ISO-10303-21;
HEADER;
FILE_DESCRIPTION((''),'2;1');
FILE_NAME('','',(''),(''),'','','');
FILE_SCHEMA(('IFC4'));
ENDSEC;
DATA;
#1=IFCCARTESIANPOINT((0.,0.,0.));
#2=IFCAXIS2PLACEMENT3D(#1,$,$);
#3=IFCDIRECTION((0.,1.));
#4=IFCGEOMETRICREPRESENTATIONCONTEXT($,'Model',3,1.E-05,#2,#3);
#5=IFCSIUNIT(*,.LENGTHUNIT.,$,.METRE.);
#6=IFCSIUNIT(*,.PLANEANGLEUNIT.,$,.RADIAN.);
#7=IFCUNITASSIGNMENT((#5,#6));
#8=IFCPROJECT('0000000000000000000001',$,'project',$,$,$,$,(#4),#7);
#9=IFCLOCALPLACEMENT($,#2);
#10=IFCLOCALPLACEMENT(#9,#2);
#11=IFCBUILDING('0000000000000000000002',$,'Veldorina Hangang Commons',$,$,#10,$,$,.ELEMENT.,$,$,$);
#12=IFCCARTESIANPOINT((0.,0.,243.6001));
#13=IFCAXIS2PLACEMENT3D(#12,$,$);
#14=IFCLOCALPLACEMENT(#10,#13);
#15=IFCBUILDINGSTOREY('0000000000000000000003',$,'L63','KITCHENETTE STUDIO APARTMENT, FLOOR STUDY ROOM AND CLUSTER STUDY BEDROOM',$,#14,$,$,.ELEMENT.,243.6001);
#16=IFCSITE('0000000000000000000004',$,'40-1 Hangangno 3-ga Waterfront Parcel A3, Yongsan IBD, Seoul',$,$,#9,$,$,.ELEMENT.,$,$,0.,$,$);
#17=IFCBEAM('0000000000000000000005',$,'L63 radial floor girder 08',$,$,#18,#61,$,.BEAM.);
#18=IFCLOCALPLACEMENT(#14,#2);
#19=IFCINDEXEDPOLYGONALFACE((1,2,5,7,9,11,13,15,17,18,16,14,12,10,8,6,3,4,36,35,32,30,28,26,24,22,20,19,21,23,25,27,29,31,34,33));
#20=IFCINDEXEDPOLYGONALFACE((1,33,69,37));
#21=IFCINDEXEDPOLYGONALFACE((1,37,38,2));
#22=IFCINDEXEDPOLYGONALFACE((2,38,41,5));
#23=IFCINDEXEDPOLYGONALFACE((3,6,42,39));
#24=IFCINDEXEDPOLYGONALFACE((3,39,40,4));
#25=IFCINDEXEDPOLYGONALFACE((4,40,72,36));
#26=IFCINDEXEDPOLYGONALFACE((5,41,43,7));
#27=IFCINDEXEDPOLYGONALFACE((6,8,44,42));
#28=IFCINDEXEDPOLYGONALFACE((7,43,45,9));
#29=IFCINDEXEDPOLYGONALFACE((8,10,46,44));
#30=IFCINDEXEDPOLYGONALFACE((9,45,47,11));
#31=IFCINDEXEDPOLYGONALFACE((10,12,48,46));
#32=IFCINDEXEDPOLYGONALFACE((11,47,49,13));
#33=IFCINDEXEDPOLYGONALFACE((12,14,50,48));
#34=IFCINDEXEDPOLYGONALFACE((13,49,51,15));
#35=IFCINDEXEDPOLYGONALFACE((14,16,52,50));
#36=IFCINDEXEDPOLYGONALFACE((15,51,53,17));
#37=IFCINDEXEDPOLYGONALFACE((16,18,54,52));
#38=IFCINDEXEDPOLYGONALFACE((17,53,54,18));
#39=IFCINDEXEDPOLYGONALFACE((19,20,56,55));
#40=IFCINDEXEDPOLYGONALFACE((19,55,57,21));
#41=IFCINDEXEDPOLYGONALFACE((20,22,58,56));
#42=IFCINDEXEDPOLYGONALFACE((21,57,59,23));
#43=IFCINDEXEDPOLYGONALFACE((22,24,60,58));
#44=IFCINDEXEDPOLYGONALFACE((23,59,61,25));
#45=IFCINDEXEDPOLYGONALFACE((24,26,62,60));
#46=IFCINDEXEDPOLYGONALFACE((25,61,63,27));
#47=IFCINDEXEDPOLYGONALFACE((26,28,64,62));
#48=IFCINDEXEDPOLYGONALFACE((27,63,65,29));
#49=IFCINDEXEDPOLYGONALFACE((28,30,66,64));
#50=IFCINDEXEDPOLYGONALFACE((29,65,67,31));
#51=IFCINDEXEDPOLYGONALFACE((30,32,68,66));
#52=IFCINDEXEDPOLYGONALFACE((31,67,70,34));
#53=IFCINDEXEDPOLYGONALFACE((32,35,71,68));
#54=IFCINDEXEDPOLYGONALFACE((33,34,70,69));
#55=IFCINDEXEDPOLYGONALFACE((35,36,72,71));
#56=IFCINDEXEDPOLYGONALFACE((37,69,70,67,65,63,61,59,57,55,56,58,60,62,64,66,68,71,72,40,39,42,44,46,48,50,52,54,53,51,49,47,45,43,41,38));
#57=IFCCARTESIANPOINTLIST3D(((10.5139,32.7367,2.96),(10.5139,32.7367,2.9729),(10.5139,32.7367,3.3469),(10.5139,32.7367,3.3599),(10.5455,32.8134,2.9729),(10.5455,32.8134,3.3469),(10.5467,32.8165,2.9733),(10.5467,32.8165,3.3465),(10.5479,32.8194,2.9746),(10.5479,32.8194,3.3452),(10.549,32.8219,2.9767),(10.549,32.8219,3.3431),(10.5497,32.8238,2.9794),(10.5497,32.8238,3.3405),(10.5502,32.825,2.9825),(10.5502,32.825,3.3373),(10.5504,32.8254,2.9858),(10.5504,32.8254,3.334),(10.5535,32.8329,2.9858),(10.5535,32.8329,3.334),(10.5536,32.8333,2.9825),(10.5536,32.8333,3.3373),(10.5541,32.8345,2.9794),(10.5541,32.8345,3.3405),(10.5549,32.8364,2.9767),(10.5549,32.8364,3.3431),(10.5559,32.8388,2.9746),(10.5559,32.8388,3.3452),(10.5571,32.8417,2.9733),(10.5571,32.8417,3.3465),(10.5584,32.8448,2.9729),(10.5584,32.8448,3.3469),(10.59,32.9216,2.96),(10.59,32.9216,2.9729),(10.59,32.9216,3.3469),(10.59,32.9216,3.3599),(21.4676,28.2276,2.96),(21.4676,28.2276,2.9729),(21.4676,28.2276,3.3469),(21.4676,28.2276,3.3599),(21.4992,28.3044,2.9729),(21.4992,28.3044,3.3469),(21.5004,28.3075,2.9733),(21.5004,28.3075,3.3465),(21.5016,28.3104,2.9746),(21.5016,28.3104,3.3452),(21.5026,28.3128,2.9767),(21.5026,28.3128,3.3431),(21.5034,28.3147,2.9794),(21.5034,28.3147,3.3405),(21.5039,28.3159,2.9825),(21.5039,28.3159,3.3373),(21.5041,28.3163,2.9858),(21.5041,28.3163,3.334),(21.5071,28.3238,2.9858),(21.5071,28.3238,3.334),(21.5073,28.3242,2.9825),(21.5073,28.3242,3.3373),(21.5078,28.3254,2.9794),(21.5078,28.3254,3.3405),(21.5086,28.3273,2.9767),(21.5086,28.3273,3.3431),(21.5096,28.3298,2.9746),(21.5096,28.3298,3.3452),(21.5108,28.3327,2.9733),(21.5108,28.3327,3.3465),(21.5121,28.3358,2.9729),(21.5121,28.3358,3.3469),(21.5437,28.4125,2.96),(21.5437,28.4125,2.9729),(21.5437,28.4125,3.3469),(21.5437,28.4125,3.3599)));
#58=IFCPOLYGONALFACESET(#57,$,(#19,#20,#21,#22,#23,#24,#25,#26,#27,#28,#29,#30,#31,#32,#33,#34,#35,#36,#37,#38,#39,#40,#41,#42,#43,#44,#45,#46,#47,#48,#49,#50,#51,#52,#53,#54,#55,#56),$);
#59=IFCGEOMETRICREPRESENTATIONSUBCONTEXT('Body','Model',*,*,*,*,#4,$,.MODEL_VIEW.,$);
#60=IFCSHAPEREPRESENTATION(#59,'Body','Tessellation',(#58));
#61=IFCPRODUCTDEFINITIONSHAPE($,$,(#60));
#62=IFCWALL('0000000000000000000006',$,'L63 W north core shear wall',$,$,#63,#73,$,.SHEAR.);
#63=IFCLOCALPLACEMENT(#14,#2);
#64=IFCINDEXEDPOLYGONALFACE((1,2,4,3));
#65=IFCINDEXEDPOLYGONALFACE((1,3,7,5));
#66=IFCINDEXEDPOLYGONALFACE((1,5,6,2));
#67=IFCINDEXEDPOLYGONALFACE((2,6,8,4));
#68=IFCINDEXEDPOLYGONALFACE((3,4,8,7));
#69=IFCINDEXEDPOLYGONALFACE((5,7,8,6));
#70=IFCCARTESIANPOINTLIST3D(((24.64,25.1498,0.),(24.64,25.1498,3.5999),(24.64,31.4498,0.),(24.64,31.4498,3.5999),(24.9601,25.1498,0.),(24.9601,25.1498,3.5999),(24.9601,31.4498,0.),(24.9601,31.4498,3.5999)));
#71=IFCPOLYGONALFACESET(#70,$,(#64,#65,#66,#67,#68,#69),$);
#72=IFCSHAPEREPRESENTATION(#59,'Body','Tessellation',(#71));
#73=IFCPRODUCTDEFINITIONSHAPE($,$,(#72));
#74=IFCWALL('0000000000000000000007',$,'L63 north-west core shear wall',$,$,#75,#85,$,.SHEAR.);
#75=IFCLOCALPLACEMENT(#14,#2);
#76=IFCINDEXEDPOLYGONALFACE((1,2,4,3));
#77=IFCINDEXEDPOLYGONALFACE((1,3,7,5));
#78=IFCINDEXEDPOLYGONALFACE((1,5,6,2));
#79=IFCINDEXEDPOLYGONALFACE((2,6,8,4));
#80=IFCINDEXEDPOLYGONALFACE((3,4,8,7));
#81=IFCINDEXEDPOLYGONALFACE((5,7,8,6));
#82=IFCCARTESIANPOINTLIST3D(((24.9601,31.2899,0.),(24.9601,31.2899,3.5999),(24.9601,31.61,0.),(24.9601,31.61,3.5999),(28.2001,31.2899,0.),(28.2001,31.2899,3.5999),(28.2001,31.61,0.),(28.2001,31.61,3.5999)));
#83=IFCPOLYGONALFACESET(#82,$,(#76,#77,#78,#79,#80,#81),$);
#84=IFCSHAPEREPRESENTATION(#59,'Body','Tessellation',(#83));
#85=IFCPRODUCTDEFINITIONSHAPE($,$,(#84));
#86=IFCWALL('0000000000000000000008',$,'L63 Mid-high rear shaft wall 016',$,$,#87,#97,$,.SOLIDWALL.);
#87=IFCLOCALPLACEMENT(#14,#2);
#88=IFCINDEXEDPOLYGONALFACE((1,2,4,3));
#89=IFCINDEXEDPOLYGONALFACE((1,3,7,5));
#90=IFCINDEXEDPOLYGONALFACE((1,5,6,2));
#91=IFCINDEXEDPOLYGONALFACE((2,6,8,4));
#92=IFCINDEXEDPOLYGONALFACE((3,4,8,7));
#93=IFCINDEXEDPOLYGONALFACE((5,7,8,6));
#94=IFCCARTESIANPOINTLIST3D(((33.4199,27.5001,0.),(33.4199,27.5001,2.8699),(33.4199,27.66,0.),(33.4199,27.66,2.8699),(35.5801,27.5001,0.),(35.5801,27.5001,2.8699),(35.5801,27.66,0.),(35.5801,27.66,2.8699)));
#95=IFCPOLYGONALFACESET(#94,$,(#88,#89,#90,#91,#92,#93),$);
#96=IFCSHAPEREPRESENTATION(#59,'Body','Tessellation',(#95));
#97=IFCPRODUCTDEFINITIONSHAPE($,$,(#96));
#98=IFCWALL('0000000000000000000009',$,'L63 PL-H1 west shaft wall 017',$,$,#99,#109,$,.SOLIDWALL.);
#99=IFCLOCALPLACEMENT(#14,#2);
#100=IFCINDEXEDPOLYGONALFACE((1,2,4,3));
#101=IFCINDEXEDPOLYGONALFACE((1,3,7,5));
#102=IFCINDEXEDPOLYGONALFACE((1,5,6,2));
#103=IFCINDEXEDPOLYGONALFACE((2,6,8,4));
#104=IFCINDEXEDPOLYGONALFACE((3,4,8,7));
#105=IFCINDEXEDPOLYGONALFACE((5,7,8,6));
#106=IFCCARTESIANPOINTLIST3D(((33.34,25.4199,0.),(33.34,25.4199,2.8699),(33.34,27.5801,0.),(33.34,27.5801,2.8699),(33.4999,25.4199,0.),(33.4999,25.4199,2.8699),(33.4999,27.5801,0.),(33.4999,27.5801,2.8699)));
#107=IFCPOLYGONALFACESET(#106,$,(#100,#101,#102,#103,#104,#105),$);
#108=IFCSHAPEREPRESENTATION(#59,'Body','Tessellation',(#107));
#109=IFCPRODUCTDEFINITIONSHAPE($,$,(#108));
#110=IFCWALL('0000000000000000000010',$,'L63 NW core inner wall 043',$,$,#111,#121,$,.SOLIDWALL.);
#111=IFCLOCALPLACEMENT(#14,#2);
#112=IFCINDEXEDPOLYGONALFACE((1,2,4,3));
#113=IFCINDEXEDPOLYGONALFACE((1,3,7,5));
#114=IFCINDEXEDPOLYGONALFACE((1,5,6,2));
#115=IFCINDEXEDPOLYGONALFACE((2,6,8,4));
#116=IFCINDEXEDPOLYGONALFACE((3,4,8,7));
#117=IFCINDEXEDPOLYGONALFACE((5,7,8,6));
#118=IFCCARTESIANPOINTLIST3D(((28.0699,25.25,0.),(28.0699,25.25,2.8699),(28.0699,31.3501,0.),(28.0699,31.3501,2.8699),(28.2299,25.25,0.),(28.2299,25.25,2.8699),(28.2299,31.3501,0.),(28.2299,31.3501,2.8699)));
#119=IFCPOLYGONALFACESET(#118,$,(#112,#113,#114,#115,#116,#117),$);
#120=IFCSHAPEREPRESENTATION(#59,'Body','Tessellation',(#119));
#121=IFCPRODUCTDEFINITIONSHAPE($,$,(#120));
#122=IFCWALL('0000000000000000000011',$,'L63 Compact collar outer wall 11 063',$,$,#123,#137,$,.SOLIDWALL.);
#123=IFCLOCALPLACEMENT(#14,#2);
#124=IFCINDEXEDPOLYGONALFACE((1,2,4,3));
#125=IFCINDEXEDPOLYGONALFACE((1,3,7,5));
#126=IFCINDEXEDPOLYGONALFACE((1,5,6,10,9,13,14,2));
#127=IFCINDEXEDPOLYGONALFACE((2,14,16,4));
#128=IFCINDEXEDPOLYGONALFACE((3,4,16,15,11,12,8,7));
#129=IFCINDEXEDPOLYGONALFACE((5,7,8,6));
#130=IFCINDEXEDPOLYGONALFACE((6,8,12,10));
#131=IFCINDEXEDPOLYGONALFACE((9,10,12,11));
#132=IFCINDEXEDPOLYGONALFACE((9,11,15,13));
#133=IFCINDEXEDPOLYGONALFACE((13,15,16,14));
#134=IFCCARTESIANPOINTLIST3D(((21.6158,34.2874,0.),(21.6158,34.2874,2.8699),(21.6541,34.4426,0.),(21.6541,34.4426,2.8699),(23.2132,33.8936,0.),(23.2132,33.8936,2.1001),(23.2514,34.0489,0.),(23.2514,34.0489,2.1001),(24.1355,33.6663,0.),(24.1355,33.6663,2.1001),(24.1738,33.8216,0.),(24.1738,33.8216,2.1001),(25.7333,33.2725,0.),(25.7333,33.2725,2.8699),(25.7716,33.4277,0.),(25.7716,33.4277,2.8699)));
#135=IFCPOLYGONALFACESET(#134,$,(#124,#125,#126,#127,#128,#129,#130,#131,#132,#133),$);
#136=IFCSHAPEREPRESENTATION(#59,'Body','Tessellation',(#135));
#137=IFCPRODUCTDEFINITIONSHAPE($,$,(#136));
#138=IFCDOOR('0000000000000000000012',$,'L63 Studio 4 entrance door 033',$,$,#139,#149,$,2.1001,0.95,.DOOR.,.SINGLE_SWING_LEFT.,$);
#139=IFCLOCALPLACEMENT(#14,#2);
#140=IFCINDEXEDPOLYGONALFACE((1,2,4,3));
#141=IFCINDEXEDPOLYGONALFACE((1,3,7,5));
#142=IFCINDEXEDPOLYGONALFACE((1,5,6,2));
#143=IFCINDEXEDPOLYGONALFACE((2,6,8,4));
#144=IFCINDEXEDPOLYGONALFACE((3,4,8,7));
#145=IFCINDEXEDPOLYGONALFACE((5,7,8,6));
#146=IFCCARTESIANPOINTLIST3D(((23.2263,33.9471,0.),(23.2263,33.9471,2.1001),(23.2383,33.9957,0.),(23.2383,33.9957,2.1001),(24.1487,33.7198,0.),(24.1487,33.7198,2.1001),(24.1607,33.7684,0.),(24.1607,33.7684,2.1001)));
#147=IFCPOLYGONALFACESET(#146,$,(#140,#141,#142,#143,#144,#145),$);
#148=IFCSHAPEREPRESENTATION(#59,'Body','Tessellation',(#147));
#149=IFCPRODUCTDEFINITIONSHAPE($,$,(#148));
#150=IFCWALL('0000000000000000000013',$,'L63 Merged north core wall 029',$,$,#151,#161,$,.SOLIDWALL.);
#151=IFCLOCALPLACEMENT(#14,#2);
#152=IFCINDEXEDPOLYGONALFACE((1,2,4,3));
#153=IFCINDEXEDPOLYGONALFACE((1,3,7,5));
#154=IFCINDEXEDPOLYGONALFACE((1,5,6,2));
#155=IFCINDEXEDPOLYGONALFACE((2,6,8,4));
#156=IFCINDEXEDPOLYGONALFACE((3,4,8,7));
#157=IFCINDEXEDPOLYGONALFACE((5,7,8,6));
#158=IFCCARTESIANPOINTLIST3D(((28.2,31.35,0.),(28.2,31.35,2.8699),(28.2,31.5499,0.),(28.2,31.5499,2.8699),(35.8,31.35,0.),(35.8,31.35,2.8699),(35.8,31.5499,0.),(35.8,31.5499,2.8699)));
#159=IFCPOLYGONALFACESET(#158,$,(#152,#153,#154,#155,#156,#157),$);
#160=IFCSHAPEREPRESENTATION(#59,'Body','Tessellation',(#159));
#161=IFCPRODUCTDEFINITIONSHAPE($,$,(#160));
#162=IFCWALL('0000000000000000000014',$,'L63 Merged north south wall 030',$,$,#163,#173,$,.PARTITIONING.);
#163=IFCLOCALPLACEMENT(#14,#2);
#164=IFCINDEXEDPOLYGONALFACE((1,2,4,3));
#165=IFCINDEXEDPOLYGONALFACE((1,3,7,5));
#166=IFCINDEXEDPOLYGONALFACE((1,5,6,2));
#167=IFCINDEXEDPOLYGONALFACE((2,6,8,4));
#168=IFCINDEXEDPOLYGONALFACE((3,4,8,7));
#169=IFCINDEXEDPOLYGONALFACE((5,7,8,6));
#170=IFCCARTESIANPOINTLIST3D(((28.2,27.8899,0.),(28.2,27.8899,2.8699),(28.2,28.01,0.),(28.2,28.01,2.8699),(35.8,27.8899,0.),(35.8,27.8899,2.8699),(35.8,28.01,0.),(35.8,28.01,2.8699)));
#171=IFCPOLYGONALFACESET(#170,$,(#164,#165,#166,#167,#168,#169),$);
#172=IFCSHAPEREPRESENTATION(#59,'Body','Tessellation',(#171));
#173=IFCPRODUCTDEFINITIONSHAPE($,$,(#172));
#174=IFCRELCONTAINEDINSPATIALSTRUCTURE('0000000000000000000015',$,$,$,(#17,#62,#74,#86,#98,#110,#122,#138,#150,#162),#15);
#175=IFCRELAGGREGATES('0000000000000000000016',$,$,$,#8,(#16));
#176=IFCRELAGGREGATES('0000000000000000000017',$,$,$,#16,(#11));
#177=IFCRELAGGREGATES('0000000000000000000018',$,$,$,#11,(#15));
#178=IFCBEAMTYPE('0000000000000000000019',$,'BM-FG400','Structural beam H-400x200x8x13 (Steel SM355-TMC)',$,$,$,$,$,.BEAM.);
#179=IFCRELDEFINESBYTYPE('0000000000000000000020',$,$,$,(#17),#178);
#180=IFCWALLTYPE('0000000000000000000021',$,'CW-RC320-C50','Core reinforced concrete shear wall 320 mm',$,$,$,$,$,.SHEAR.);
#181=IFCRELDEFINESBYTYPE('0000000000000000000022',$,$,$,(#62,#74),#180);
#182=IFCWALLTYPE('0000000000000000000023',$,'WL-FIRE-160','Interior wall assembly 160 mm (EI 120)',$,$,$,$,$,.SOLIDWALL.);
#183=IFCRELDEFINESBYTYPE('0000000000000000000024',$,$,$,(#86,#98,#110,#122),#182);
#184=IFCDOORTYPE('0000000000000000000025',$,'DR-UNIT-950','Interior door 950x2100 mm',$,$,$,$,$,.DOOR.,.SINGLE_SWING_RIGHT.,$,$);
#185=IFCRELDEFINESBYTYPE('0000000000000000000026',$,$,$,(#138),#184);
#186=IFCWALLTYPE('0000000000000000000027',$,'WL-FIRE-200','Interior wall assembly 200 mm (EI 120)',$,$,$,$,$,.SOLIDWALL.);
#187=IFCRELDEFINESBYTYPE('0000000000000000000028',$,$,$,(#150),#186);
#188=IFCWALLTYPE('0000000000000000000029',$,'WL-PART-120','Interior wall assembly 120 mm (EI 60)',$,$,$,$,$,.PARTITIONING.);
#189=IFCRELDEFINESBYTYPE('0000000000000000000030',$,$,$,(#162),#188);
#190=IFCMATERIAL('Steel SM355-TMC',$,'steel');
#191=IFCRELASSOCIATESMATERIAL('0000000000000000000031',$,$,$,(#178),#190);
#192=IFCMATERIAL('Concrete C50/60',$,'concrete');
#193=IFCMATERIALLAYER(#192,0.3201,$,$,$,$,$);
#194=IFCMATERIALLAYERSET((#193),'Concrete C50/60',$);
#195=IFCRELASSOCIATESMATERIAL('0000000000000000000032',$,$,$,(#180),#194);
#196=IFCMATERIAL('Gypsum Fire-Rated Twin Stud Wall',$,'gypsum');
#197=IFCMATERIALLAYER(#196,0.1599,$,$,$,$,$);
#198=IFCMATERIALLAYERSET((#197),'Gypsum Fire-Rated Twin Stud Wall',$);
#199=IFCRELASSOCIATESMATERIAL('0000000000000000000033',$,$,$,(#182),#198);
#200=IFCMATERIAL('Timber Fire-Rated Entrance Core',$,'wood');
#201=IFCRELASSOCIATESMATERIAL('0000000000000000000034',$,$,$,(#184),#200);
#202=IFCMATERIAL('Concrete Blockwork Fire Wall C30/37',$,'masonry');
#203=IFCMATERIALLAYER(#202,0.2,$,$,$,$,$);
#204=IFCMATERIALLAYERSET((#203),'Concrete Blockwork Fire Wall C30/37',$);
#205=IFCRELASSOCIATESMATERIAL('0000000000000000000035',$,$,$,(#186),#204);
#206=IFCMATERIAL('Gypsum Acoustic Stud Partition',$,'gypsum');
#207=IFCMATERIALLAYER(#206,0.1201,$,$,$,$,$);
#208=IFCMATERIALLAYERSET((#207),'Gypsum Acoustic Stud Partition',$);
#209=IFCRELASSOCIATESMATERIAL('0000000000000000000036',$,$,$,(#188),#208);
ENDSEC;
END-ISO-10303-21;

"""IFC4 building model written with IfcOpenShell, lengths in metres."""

from ifc_helpers import new_model, si_unit, direction, frame, frame_2d, origin, origin_2d, place, context, subcontext, project, spatial, rectangle, i_section, extrude, material, layer, layer_set, material_profile, profile_set, type_object, element, fill, save


model = new_model("IFC4")

# Units and contexts
model_context = context("Model", 3, precision=1e-05, world=origin(), true_north=direction((0.0, 1.0)))
body_context = subcontext(model_context, "Body", "Model", "MODEL_VIEW")
ifc_project = project(units=[si_unit("LENGTHUNIT", "METRE"), si_unit("PLANEANGLEUNIT", "RADIAN")], contexts=[model_context])

# Site, building, storey
site_placement = place(None, origin())
site = spatial("IfcSite", under=ifc_project, at=site_placement, Name="40-1 Hangangno 3-ga Waterfront Parcel A3, Yongsan IBD, Seoul", CompositionType="ELEMENT", RefElevation=0.0)
building_placement = place(site_placement, origin())
building = spatial("IfcBuilding", under=site, at=building_placement, Name="Veldorina Hangang Commons", CompositionType="ELEMENT")
storey_placement = place(building_placement, frame((0.0, 0.0, 243.6001)))
storey = spatial("IfcBuildingStorey", under=building, at=storey_placement, Name="L63", Description="KITCHENETTE STUDIO APARTMENT, FLOOR STUDY ROOM AND CLUSTER STUDY BEDROOM", CompositionType="ELEMENT", Elevation=243.6001)

# Beam
ifc_material_1 = material(Name="Concrete C50/60", Category="concrete")
ifc_material_2 = material(Name="Steel SM355-TMC", Category="steel")
ifc_material_profile_1 = material_profile(ifc_material_2, i_section(OverallWidth=0.2, OverallDepth=0.3999, WebThickness=0.0081, FlangeThickness=0.0129, FilletRadius=0.0129, at=origin_2d()), Name="H-400x200x8x13")
ifc_profile_set_1 = profile_set([ifc_material_profile_1], Name="Steel SM355-TMC")
beam_type_1 = type_object("IfcBeamType", Name="BM-FG400", Description="Structural beam H-400x200x8x13 (Steel SM355-TMC)", PredefinedType="BEAM", material=ifc_profile_set_1)
beam_1_placement = place(storey_placement, frame((21.5056, 28.3201, 3.1599), z_axis=(-0.924716, 0.380658, 0.0), x_axis=(-0.380658, -0.924716, 0.0)))
element("IfcBeam", 1, at=beam_1_placement, inside=storey, type_object=beam_type_1, Name="L63 radial floor girder 08", PredefinedType="BEAM", context=body_context, shape_type="SweptSolid", body=[
    extrude(i_section(OverallWidth=0.2, OverallDepth=0.3999, WebThickness=0.0081, FlangeThickness=0.0129, FilletRadius=0.0129, at=origin_2d()), origin(), (0.0, 0.0, 1.0), 11.8455),
])

# Walls
ifc_layer_1 = layer(ifc_material_1, 0.3201)
ifc_layer_set_1 = layer_set([ifc_layer_1], Name="Concrete C50/60")
wall_type_1 = type_object("IfcWallType", Name="CW-RC320-C50", Description="Core reinforced concrete shear wall 320 mm", PredefinedType="SHEAR", material=ifc_layer_set_1)
wall_1_placement = place(storey_placement, frame((24.8, 25.1499, 0.0), z_axis=(0.0, 0.0, 1.0), x_axis=(0.0, 1.0, 0.0)))
element("IfcWall", 2, at=wall_1_placement, inside=storey, type_object=wall_type_1, Name="L63 W north core shear wall", PredefinedType="SHEAR", context=body_context, shape_type="SweptSolid", body=[
    extrude(rectangle(XDim=6.3, YDim=0.3201, at=frame_2d((3.1499, 0.0))), origin(), (0.0, 0.0, 1.0), 3.5999),
])
wall_2_placement = place(storey_placement, frame((24.96, 31.45, 0.0), z_axis=(0.0, 0.0, 1.0), x_axis=(1.0, 0.0, 0.0)))
element("IfcWall", 3, at=wall_2_placement, inside=storey, type_object=wall_type_1, Name="L63 north-west core shear wall", PredefinedType="SHEAR", context=body_context, shape_type="SweptSolid", body=[
    extrude(rectangle(XDim=3.24, YDim=0.3201, at=frame_2d((1.6201, 0.0))), origin(), (0.0, 0.0, 1.0), 3.5999),
])

# Shared definitions
ifc_material_3 = material(Name="Gypsum Fire-Rated Twin Stud Wall", Category="gypsum")
ifc_layer_2 = layer(ifc_material_3, 0.1599)
ifc_layer_set_2 = layer_set([ifc_layer_2], Name="Gypsum Fire-Rated Twin Stud Wall")
wall_type_2 = type_object("IfcWallType", Name="WL-FIRE-160", Description="Interior wall assembly 160 mm (EI 120)", PredefinedType="SOLIDWALL", material=ifc_layer_set_2)

# Walls
for number, where, z_axis, x_axis, name in (
    (4, (33.4199, 27.5801, 0.0), (0.0, 0.0, 1.0), (1.0, 0.0, 0.0), "L63 Mid-high rear shaft wall 016"),
    (5, (33.4199, 25.4199, 0.0), (0.0, 0.0, 1.0), (0.0, 1.0, 0.0), "L63 PL-H1 west shaft wall 017"),
):
    element("IfcWall", number, at=place(storey_placement, frame(where, z_axis=z_axis, x_axis=x_axis)), inside=storey, type_object=wall_type_2, Name=name, PredefinedType="SOLIDWALL", context=body_context, shape_type="SweptSolid", body=[
        extrude(rectangle(XDim=2.1602, YDim=0.1599, at=frame_2d((1.0801, 0.0))), origin(), (0.0, 0.0, 1.0), 2.8699),
    ])
wall_3_placement = place(storey_placement, frame((28.1499, 25.25, 0.0), z_axis=(0.0, 0.0, 1.0), x_axis=(0.0, 1.0, 0.0)))
element("IfcWall", 6, at=wall_3_placement, inside=storey, type_object=wall_type_2, Name="L63 NW core inner wall 043", PredefinedType="SOLIDWALL", context=body_context, shape_type="SweptSolid", body=[
    extrude(rectangle(XDim=6.1001, YDim=0.1599, at=frame_2d((3.05, 0.0))), origin(), (0.0, 0.0, 1.0), 2.8699),
])

# Wall, opening, door
wall_4_placement = place(storey_placement, frame((25.7524, 33.3501, 0.0), z_axis=(0.0, 0.0, 1.0), x_axis=(-0.97094, 0.239324, 0.0)))
wall_4 = element("IfcWall", 7, at=wall_4_placement, inside=storey, type_object=wall_type_2, Name="L63 Compact collar outer wall 11 063", PredefinedType="SOLIDWALL", context=body_context, shape_type="SweptSolid", body=[
    extrude(rectangle(XDim=4.2407, YDim=0.1599, at=frame_2d((2.1204, 0.0))), origin(), (0.0, 0.0, 1.0), 2.8699),
])
opening_1_placement = place(wall_4_placement, frame((1.6455, 0.0, 0.0)))
opening_1 = element("IfcOpeningElement", 8, at=opening_1_placement, cuts=wall_4, PredefinedType="OPENING", context=body_context, shape_type="SweptSolid", body=[
    extrude(rectangle(XDim=0.95, YDim=2.1001, at=frame_2d((0.4751, 1.05))), frame((0.0, 0.0898, 0.0), z_axis=(0.0, -1.0, 0.0), x_axis=(1.0, 0.0, 0.0)), (0.0, 0.0, 1.0), 0.1799),
])
ifc_material_4 = material(Name="Timber Fire-Rated Entrance Core", Category="wood")
door_type_1 = type_object("IfcDoorType", Name="DR-UNIT-950", Description="Interior door 950x2100 mm", OperationType="SINGLE_SWING_RIGHT", PredefinedType="DOOR", material=ifc_material_4)
door_1_placement = place(opening_1_placement, origin())
door_1 = element("IfcDoor", 9, at=door_1_placement, inside=storey, type_object=door_type_1, Name="L63 Studio 4 entrance door 033", OperationType="SINGLE_SWING_LEFT", OverallHeight=2.1001, OverallWidth=0.95, PredefinedType="DOOR", context=body_context, shape_type="SweptSolid", body=[
    extrude(rectangle(XDim=0.95, YDim=2.1001, at=frame_2d((0.4751, 1.05))), frame((0.0, 0.0249, 0.0), z_axis=(0.0, -1.0, 0.0), x_axis=(1.0, 0.0, 0.0)), (0.0, 0.0, 1.0), 0.05),
])
fill(opening_1, door_1)

# Walls
ifc_material_5 = material(Name="Concrete Blockwork Fire Wall C30/37", Category="masonry")
ifc_layer_3 = layer(ifc_material_5, 0.2)
ifc_layer_set_3 = layer_set([ifc_layer_3], Name="Concrete Blockwork Fire Wall C30/37")
wall_type_3 = type_object("IfcWallType", Name="WL-FIRE-200", Description="Interior wall assembly 200 mm (EI 120)", PredefinedType="SOLIDWALL", material=ifc_layer_set_3)
wall_5_placement = place(storey_placement, frame((28.2, 31.45, 0.0), z_axis=(0.0, 0.0, 1.0), x_axis=(1.0, 0.0, 0.0)))
element("IfcWall", 10, at=wall_5_placement, inside=storey, type_object=wall_type_3, Name="L63 Merged north core wall 029", PredefinedType="SOLIDWALL", context=body_context, shape_type="SweptSolid", body=[
    extrude(rectangle(XDim=7.6001, YDim=0.2, at=frame_2d((3.8, 0.0))), origin(), (0.0, 0.0, 1.0), 2.8699),
])
ifc_material_6 = material(Name="Gypsum Acoustic Stud Partition", Category="gypsum")
ifc_layer_4 = layer(ifc_material_6, 0.1201)
ifc_layer_set_4 = layer_set([ifc_layer_4], Name="Gypsum Acoustic Stud Partition")
wall_type_4 = type_object("IfcWallType", Name="WL-PART-120", Description="Interior wall assembly 120 mm (EI 60)", PredefinedType="PARTITIONING", material=ifc_layer_set_4)
wall_6_placement = place(storey_placement, frame((28.2, 27.95, 0.0), z_axis=(0.0, 0.0, 1.0), x_axis=(1.0, 0.0, 0.0)))
element("IfcWall", 11, at=wall_6_placement, inside=storey, type_object=wall_type_4, Name="L63 Merged north south wall 030", PredefinedType="PARTITIONING", context=body_context, shape_type="SweptSolid", body=[
    extrude(rectangle(XDim=7.6001, YDim=0.1201, at=frame_2d((3.8, 0.0))), origin(), (0.0, 0.0, 1.0), 2.8699),
])

save(model, "model.ifc")
